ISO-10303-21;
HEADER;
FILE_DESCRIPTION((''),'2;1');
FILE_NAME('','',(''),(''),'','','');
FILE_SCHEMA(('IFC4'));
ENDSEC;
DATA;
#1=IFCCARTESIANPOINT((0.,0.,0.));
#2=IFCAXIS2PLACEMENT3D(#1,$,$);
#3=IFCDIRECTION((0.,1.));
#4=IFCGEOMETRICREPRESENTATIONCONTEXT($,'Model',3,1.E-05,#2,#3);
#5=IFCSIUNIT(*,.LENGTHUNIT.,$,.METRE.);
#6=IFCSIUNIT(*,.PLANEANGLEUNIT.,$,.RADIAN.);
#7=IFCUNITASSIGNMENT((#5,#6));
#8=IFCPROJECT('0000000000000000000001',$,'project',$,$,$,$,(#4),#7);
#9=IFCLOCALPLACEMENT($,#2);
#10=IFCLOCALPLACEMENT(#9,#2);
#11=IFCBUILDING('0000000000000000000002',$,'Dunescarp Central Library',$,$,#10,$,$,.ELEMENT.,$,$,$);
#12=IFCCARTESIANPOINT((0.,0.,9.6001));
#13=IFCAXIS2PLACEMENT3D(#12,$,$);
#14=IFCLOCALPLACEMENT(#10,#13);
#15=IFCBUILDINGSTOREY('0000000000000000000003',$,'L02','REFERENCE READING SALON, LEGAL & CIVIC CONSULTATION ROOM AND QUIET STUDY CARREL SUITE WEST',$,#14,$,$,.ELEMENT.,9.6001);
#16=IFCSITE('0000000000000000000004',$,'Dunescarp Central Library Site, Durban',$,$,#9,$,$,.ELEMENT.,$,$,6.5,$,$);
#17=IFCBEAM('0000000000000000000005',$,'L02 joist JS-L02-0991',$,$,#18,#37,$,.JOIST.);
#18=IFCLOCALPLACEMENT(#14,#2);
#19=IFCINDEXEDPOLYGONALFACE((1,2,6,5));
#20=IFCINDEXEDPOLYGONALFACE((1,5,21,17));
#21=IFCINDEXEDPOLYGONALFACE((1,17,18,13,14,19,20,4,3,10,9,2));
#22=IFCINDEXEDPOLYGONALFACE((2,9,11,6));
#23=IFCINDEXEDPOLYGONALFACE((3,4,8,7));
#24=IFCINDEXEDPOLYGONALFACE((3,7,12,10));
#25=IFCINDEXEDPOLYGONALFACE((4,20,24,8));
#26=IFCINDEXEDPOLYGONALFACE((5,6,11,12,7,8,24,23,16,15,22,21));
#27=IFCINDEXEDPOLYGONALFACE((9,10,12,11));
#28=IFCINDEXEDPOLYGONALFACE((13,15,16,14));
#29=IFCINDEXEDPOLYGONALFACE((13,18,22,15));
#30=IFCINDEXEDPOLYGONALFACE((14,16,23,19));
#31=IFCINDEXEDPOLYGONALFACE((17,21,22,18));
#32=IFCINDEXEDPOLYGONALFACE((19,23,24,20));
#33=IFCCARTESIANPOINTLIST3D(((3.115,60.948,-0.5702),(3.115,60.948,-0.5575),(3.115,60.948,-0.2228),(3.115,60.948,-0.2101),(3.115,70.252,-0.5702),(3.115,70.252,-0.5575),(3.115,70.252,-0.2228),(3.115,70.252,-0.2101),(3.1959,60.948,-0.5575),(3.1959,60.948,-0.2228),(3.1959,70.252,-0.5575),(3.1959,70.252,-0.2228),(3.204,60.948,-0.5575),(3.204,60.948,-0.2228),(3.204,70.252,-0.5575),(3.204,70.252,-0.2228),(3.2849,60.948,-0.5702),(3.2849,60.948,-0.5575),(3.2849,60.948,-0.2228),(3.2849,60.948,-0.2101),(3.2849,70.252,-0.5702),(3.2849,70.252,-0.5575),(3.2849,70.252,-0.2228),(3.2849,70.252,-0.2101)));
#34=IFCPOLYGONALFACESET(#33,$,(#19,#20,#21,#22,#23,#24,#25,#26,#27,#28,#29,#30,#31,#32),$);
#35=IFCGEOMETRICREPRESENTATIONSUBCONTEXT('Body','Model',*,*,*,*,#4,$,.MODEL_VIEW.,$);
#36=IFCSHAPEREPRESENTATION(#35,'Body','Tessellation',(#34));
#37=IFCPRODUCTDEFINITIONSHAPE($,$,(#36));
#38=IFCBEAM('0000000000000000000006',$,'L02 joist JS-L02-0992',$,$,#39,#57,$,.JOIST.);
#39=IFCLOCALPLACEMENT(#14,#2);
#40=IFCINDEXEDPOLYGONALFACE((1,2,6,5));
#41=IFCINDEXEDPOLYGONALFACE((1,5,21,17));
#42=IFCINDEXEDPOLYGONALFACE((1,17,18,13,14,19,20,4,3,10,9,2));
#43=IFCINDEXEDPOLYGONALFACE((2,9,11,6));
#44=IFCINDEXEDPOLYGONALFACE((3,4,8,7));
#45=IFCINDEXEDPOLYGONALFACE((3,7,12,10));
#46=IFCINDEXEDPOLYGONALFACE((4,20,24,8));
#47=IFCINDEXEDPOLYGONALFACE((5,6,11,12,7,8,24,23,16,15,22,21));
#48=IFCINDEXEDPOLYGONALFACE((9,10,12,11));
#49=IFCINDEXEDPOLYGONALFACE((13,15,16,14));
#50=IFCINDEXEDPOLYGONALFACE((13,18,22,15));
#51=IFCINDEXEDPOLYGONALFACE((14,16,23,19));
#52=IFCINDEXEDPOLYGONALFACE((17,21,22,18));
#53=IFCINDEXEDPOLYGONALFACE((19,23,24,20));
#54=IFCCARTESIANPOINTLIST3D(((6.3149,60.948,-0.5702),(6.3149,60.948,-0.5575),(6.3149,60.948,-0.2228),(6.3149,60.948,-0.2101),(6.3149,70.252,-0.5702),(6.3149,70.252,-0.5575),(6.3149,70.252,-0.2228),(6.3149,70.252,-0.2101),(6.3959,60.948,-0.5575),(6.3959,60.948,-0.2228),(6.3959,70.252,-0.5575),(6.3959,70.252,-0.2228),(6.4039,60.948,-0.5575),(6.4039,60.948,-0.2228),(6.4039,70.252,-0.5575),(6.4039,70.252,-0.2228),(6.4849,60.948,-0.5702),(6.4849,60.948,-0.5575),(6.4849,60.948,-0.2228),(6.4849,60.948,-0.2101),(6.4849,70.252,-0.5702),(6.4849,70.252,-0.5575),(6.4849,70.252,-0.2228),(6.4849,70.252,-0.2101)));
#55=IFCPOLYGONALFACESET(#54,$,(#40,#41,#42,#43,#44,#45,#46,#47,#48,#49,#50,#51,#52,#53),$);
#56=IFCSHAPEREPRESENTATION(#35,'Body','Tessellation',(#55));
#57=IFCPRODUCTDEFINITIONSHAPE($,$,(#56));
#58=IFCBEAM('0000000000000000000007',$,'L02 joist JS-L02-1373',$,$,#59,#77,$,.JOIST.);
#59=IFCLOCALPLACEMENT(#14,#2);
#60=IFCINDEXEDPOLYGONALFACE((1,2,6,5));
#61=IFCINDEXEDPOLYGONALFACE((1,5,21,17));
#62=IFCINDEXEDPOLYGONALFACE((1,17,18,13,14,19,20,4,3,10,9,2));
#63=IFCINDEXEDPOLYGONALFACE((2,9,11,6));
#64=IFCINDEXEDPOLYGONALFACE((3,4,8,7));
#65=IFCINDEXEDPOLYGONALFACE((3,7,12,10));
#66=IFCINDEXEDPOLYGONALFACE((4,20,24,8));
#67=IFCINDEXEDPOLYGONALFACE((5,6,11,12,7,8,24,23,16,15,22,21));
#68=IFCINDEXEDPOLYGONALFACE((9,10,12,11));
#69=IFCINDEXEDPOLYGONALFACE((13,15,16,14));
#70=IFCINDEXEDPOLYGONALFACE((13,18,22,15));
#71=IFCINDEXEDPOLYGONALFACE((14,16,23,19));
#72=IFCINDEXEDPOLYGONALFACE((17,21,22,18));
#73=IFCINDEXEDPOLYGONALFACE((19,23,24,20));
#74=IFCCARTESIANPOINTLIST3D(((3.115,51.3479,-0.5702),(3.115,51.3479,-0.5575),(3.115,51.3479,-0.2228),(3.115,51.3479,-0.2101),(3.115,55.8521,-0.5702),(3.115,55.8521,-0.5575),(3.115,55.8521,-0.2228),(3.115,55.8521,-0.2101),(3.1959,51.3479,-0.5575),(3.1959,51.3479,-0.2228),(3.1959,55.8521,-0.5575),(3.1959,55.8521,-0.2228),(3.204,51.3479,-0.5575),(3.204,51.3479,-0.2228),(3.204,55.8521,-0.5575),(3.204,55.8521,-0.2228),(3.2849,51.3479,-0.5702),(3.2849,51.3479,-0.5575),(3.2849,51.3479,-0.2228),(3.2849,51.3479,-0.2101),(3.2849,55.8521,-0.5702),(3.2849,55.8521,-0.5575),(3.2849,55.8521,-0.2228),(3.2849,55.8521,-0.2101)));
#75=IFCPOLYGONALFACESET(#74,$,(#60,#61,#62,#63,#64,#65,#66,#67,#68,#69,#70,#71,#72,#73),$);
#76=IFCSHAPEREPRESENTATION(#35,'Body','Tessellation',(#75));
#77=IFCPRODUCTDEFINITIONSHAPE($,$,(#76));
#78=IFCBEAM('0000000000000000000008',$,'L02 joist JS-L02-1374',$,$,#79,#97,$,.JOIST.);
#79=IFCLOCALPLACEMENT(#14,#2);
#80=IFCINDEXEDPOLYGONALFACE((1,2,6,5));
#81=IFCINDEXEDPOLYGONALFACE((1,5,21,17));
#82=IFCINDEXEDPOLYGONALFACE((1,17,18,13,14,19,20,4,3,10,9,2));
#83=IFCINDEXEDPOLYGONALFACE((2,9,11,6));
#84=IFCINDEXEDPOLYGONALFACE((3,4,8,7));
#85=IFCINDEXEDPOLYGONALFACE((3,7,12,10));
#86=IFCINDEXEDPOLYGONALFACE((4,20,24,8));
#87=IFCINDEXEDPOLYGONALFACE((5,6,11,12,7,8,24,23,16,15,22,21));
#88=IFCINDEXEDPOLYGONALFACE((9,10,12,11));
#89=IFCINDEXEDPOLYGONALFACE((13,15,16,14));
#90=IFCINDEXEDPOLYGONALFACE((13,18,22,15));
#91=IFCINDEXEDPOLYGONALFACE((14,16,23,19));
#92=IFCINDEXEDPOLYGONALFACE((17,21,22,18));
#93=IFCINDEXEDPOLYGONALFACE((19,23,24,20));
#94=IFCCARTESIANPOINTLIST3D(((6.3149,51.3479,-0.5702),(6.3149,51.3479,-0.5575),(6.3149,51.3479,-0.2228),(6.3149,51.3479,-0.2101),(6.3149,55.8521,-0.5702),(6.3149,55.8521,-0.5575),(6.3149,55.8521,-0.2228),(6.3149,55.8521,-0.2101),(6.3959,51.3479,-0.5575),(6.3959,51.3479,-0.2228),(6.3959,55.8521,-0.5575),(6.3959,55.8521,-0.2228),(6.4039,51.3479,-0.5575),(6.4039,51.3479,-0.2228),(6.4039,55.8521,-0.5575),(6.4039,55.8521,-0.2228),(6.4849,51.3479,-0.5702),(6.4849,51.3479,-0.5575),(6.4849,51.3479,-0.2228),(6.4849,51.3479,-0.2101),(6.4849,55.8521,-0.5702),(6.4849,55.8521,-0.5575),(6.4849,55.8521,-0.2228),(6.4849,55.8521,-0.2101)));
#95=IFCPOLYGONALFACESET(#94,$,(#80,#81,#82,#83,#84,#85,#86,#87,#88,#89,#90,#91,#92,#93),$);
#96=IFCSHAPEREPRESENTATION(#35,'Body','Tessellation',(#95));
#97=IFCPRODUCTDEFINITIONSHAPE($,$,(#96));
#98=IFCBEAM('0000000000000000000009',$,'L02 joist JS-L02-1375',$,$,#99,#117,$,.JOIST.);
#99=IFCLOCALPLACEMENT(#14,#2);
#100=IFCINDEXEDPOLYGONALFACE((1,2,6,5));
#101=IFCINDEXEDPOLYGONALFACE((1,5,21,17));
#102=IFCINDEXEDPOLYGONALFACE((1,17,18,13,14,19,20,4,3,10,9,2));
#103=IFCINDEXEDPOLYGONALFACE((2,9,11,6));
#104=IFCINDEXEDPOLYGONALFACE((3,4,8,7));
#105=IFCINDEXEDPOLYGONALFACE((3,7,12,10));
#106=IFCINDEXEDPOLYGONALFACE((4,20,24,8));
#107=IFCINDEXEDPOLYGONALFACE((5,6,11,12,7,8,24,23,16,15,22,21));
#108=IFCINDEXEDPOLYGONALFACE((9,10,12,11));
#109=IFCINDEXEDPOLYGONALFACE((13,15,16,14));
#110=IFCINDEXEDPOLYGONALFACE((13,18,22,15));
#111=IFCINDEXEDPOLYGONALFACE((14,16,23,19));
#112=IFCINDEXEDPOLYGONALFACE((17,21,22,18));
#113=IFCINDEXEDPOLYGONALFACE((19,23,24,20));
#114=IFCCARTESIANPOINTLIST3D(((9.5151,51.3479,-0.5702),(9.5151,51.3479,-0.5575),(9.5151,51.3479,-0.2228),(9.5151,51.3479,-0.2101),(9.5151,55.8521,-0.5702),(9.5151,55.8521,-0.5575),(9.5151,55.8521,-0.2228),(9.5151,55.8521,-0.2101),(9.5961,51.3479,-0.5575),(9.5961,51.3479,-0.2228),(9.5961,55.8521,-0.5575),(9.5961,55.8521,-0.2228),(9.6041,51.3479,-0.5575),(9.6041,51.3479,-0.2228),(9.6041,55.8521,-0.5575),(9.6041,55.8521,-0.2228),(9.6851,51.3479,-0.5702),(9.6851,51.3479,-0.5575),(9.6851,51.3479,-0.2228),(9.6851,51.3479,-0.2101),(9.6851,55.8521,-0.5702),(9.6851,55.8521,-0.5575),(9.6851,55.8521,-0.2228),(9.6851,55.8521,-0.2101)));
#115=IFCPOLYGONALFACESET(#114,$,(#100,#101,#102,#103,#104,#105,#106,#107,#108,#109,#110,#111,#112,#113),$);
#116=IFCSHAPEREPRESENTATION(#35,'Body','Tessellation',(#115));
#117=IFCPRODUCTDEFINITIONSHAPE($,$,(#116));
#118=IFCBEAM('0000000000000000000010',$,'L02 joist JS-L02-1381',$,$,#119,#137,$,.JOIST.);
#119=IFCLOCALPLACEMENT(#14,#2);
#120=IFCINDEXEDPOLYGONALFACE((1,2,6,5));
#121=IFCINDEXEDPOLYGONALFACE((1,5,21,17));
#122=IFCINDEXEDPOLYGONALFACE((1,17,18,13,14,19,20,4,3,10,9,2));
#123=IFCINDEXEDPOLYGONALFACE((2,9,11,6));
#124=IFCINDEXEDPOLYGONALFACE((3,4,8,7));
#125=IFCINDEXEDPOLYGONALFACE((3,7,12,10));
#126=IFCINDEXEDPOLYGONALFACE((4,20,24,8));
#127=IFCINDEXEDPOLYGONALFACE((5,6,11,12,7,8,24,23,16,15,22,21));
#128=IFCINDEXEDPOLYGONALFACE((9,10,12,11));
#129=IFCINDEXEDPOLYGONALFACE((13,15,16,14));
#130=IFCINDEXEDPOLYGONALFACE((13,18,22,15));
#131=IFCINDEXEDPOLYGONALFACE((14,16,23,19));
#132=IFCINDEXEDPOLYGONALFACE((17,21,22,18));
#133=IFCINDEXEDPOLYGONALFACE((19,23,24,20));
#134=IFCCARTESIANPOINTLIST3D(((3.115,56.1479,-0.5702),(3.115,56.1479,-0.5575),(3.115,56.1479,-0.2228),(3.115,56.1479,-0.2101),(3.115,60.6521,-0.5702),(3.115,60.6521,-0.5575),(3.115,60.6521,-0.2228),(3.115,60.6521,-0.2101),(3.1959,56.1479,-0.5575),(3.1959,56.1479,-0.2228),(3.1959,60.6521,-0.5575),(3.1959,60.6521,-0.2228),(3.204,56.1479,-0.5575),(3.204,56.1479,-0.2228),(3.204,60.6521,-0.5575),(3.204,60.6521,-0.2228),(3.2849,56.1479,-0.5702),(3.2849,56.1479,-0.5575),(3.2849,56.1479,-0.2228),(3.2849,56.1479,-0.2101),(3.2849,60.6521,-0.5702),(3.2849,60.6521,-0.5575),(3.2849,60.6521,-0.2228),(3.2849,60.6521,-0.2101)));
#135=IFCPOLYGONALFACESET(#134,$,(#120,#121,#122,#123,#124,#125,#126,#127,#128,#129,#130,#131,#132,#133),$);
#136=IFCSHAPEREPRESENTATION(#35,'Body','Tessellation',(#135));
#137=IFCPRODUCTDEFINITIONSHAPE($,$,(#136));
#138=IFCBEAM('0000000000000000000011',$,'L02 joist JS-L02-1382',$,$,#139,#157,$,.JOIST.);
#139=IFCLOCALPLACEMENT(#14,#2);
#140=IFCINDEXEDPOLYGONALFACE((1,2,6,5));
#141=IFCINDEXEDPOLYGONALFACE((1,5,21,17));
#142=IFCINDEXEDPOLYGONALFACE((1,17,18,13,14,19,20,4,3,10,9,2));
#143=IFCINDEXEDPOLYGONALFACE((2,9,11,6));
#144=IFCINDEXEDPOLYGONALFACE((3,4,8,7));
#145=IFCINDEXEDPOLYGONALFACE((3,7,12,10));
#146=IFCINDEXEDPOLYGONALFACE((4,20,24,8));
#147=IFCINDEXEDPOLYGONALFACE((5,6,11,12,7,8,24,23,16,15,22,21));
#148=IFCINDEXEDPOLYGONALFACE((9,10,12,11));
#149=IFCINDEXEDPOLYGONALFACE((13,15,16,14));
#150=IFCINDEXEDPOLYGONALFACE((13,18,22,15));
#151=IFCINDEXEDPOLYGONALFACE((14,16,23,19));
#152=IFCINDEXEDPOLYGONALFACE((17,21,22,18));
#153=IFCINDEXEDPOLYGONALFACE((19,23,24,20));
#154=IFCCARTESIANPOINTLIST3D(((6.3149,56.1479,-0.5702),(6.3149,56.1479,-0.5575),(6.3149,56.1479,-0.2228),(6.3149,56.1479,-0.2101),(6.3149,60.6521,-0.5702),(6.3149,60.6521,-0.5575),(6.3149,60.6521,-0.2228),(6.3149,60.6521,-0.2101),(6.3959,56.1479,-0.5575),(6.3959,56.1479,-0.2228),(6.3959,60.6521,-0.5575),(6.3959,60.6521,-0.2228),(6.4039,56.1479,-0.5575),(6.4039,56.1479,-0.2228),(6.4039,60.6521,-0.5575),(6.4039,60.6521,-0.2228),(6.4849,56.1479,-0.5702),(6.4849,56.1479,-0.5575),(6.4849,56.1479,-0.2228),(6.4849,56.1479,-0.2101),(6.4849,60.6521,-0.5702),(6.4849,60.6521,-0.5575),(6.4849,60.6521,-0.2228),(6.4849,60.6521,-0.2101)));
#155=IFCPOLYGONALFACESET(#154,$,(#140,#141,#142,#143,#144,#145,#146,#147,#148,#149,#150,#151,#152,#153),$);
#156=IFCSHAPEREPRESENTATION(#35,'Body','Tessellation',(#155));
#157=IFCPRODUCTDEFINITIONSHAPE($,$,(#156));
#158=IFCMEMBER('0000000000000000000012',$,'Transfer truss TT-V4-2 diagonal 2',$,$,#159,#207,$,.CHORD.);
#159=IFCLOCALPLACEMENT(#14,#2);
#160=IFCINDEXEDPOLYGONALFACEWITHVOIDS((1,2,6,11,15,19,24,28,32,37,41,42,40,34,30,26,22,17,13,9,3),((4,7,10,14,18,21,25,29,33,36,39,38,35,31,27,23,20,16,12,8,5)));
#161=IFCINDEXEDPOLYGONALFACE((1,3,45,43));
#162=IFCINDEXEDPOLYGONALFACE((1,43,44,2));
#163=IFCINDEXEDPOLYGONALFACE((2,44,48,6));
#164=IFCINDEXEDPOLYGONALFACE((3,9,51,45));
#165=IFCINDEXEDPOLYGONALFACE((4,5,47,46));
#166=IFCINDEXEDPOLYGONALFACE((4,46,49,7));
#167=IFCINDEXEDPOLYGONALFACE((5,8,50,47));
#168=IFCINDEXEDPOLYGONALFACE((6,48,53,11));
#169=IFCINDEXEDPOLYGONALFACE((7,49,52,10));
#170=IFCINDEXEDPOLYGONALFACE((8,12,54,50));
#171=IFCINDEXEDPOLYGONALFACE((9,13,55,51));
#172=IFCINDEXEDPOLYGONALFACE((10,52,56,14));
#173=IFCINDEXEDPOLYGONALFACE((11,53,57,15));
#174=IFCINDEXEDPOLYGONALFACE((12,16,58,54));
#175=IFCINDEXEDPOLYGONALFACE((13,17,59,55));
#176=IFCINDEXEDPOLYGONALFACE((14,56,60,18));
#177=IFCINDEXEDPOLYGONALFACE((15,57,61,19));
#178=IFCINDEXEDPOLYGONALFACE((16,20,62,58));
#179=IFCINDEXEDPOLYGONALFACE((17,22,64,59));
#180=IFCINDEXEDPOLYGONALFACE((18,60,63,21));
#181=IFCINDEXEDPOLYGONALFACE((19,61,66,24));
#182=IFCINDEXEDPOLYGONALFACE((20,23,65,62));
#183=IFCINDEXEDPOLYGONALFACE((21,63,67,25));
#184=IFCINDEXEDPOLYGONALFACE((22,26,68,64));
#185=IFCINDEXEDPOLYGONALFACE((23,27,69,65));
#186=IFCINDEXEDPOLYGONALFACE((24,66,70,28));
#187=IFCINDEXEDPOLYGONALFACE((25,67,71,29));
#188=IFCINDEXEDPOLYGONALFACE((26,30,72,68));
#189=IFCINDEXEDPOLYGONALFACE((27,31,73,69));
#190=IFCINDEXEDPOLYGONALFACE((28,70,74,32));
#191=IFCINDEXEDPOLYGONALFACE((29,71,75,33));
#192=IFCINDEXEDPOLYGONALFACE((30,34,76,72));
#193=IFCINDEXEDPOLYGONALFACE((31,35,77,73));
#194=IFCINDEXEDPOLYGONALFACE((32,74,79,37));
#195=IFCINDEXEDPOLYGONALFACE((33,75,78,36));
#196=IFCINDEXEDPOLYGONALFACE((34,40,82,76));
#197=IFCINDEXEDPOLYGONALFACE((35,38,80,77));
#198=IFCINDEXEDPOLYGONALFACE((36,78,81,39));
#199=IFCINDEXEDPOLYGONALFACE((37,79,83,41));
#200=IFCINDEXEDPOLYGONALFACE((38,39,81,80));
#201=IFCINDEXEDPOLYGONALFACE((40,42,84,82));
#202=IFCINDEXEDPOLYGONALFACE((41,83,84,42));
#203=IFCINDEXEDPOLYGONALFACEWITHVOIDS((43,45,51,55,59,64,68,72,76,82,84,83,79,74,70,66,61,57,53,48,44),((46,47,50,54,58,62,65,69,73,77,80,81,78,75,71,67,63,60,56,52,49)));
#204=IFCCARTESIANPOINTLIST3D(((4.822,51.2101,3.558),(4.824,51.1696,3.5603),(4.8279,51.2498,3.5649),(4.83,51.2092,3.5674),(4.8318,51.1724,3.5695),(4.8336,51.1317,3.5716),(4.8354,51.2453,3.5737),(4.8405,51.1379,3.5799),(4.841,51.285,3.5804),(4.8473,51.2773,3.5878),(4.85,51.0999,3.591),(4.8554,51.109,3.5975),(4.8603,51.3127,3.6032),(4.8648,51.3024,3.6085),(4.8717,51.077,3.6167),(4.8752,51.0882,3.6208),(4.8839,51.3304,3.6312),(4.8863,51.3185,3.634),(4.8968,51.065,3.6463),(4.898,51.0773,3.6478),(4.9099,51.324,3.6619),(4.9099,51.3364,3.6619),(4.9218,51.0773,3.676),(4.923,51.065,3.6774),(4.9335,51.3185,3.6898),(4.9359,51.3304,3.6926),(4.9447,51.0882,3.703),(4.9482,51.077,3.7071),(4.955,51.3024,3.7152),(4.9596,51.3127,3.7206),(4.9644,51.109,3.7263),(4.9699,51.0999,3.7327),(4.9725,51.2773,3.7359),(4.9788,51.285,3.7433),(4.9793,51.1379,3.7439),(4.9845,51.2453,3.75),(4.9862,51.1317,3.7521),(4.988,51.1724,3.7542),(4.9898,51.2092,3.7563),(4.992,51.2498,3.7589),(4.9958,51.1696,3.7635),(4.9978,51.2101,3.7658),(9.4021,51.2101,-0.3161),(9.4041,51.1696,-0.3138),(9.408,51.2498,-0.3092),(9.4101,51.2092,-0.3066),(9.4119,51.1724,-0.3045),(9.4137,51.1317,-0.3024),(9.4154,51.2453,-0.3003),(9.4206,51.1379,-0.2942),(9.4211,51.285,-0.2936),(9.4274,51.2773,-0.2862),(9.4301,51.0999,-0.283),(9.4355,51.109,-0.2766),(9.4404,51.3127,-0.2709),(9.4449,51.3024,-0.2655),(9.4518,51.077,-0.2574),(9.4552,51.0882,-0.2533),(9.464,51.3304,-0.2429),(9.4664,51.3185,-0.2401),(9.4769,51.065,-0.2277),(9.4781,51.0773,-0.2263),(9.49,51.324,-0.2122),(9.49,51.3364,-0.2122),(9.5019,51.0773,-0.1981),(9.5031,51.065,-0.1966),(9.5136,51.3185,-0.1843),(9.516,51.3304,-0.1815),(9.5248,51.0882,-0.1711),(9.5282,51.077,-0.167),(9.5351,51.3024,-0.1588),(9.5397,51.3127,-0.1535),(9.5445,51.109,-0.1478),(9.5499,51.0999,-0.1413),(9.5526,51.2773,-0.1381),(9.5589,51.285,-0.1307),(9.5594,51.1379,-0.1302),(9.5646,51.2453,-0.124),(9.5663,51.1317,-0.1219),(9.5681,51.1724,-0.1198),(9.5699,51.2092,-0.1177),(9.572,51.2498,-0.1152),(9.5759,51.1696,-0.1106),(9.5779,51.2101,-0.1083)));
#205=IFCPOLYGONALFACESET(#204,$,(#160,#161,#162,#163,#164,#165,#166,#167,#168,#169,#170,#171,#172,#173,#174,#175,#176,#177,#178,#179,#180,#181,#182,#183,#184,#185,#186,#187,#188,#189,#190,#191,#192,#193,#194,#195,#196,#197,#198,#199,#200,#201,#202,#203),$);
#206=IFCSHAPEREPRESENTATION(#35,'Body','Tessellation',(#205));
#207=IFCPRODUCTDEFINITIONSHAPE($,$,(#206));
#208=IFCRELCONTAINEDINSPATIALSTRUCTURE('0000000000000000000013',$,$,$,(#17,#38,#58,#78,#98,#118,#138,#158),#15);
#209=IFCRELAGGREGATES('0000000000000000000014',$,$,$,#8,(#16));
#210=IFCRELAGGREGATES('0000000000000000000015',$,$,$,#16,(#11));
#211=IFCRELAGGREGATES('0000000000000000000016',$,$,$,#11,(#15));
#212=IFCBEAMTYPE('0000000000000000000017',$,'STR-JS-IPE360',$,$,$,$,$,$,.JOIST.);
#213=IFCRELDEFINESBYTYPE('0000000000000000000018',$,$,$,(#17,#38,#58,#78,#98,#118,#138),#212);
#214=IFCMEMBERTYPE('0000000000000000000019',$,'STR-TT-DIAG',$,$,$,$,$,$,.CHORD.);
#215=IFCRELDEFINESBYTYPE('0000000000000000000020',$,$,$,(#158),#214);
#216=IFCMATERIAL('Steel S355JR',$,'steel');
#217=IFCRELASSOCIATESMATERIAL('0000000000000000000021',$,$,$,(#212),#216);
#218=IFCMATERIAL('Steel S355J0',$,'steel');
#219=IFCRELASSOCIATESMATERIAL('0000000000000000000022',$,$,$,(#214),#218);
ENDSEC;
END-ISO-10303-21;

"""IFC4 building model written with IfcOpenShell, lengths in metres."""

from ifc_helpers import new_model, si_unit, direction, frame, origin, origin_2d, place, context, subcontext, project, spatial, hollow_circle, i_section, extrude, material, material_profile, profile_set, type_object, element, save


model = new_model("IFC4")

# Units and contexts
model_context = context("Model", 3, precision=1e-05, world=origin(), true_north=direction((0.0, 1.0)))
body_context = subcontext(model_context, "Body", "Model", "MODEL_VIEW")
ifc_project = project(units=[si_unit("LENGTHUNIT", "METRE"), si_unit("PLANEANGLEUNIT", "RADIAN")], contexts=[model_context])

# Site, building, storey
site_placement = place(None, origin())
site = spatial("IfcSite", under=ifc_project, at=site_placement, Name="Dunescarp Central Library Site, Durban", CompositionType="ELEMENT", RefElevation=6.5)
building_placement = place(site_placement, origin())
building = spatial("IfcBuilding", under=site, at=building_placement, Name="Dunescarp Central Library", CompositionType="ELEMENT")
storey_placement = place(building_placement, frame((0.0, 0.0, 9.6001)))
storey = spatial("IfcBuildingStorey", under=building, at=storey_placement, Name="L02", Description="REFERENCE READING SALON, LEGAL & CIVIC CONSULTATION ROOM AND QUIET STUDY CARREL SUITE WEST", CompositionType="ELEMENT", Elevation=9.6001)

# Beams
ifc_material_1 = material(Name="Steel S355JR", Category="steel")
ifc_material_profile_1 = material_profile(ifc_material_1, i_section(OverallWidth=0.1699, OverallDepth=0.3601, WebThickness=0.0081, FlangeThickness=0.0127, at=origin_2d()), Name="IPE 360")
ifc_profile_set_1 = profile_set([ifc_material_profile_1], Name="Steel S355JR")
beam_type = type_object("IfcBeamType", Name="STR-JS-IPE360", PredefinedType="JOIST", material=ifc_profile_set_1)
for number, where, z_axis, x_axis, name in (
    (1, (3.2, 60.948, -0.3901), (0.0, 1.0, 0.0), (-1.0, 0.0, 0.0), "L02 joist JS-L02-0991"),
    (2, (6.3999, 60.948, -0.3901), (0.0, 1.0, 0.0), (-1.0, 0.0, 0.0), "L02 joist JS-L02-0992"),
):
    element("IfcBeam", number, at=place(storey_placement, frame(where, z_axis=z_axis, x_axis=x_axis)), inside=storey, type_object=beam_type, Name=name, PredefinedType="JOIST", context=body_context, shape_type="SweptSolid", body=[
        extrude(i_section(OverallWidth=0.1699, OverallDepth=0.3601, WebThickness=0.0081, FlangeThickness=0.0127, at=origin_2d()), origin(), (0.0, 0.0, 1.0), 9.304),
    ])
for number, where, z_axis, x_axis, name in (
    (3, (3.2, 51.3479, -0.3901), (0.0, 1.0, 0.0), (-1.0, 0.0, 0.0), "L02 joist JS-L02-1373"),
    (4, (6.3999, 51.3479, -0.3901), (0.0, 1.0, 0.0), (-1.0, 0.0, 0.0), "L02 joist JS-L02-1374"),
    (5, (9.6001, 51.3479, -0.3901), (0.0, 1.0, 0.0), (-1.0, 0.0, 0.0), "L02 joist JS-L02-1375"),
    (6, (3.2, 56.1479, -0.3901), (0.0, 1.0, 0.0), (-1.0, 0.0, 0.0), "L02 joist JS-L02-1381"),
    (7, (6.3999, 56.1479, -0.3901), (0.0, 1.0, 0.0), (-1.0, 0.0, 0.0), "L02 joist JS-L02-1382"),
):
    element("IfcBeam", number, at=place(storey_placement, frame(where, z_axis=z_axis, x_axis=x_axis)), inside=storey, type_object=beam_type, Name=name, PredefinedType="JOIST", context=body_context, shape_type="SweptSolid", body=[
        extrude(i_section(OverallWidth=0.1699, OverallDepth=0.3601, WebThickness=0.0081, FlangeThickness=0.0127, at=origin_2d()), origin(), (0.0, 0.0, 1.0), 4.5042),
    ])

# Member
ifc_material_2 = material(Name="Steel S355J0", Category="steel")
ifc_material_profile_2 = material_profile(ifc_material_2, hollow_circle(Radius=0.1365, WallThickness=0.0125, at=origin_2d()), Name="CHS 273x12.5")
ifc_profile_set_2 = profile_set([ifc_material_profile_2], Name="Steel S355J0")
member_type_1 = type_object("IfcMemberType", Name="STR-TT-DIAG", PredefinedType="CHORD", material=ifc_profile_set_2)
for number, where, z_axis, x_axis, name in (
    (8, (4.9099, 51.2, 3.6619), (0.763504, 0.0, -0.645804), (0.0, 1.0, 0.0), "Transfer truss TT-V4-2 diagonal 2"),
):
    element("IfcMember", number, at=place(storey_placement, frame(where, z_axis=z_axis, x_axis=x_axis)), inside=storey, type_object=member_type_1, Name=name, PredefinedType="CHORD", context=body_context, shape_type="SweptSolid", body=[
        extrude(hollow_circle(Radius=0.1365, WallThickness=0.0125, at=origin_2d()), origin(), (0.0, 0.0, 1.0), 5.9988),
    ])

save(model, "model.ifc")
